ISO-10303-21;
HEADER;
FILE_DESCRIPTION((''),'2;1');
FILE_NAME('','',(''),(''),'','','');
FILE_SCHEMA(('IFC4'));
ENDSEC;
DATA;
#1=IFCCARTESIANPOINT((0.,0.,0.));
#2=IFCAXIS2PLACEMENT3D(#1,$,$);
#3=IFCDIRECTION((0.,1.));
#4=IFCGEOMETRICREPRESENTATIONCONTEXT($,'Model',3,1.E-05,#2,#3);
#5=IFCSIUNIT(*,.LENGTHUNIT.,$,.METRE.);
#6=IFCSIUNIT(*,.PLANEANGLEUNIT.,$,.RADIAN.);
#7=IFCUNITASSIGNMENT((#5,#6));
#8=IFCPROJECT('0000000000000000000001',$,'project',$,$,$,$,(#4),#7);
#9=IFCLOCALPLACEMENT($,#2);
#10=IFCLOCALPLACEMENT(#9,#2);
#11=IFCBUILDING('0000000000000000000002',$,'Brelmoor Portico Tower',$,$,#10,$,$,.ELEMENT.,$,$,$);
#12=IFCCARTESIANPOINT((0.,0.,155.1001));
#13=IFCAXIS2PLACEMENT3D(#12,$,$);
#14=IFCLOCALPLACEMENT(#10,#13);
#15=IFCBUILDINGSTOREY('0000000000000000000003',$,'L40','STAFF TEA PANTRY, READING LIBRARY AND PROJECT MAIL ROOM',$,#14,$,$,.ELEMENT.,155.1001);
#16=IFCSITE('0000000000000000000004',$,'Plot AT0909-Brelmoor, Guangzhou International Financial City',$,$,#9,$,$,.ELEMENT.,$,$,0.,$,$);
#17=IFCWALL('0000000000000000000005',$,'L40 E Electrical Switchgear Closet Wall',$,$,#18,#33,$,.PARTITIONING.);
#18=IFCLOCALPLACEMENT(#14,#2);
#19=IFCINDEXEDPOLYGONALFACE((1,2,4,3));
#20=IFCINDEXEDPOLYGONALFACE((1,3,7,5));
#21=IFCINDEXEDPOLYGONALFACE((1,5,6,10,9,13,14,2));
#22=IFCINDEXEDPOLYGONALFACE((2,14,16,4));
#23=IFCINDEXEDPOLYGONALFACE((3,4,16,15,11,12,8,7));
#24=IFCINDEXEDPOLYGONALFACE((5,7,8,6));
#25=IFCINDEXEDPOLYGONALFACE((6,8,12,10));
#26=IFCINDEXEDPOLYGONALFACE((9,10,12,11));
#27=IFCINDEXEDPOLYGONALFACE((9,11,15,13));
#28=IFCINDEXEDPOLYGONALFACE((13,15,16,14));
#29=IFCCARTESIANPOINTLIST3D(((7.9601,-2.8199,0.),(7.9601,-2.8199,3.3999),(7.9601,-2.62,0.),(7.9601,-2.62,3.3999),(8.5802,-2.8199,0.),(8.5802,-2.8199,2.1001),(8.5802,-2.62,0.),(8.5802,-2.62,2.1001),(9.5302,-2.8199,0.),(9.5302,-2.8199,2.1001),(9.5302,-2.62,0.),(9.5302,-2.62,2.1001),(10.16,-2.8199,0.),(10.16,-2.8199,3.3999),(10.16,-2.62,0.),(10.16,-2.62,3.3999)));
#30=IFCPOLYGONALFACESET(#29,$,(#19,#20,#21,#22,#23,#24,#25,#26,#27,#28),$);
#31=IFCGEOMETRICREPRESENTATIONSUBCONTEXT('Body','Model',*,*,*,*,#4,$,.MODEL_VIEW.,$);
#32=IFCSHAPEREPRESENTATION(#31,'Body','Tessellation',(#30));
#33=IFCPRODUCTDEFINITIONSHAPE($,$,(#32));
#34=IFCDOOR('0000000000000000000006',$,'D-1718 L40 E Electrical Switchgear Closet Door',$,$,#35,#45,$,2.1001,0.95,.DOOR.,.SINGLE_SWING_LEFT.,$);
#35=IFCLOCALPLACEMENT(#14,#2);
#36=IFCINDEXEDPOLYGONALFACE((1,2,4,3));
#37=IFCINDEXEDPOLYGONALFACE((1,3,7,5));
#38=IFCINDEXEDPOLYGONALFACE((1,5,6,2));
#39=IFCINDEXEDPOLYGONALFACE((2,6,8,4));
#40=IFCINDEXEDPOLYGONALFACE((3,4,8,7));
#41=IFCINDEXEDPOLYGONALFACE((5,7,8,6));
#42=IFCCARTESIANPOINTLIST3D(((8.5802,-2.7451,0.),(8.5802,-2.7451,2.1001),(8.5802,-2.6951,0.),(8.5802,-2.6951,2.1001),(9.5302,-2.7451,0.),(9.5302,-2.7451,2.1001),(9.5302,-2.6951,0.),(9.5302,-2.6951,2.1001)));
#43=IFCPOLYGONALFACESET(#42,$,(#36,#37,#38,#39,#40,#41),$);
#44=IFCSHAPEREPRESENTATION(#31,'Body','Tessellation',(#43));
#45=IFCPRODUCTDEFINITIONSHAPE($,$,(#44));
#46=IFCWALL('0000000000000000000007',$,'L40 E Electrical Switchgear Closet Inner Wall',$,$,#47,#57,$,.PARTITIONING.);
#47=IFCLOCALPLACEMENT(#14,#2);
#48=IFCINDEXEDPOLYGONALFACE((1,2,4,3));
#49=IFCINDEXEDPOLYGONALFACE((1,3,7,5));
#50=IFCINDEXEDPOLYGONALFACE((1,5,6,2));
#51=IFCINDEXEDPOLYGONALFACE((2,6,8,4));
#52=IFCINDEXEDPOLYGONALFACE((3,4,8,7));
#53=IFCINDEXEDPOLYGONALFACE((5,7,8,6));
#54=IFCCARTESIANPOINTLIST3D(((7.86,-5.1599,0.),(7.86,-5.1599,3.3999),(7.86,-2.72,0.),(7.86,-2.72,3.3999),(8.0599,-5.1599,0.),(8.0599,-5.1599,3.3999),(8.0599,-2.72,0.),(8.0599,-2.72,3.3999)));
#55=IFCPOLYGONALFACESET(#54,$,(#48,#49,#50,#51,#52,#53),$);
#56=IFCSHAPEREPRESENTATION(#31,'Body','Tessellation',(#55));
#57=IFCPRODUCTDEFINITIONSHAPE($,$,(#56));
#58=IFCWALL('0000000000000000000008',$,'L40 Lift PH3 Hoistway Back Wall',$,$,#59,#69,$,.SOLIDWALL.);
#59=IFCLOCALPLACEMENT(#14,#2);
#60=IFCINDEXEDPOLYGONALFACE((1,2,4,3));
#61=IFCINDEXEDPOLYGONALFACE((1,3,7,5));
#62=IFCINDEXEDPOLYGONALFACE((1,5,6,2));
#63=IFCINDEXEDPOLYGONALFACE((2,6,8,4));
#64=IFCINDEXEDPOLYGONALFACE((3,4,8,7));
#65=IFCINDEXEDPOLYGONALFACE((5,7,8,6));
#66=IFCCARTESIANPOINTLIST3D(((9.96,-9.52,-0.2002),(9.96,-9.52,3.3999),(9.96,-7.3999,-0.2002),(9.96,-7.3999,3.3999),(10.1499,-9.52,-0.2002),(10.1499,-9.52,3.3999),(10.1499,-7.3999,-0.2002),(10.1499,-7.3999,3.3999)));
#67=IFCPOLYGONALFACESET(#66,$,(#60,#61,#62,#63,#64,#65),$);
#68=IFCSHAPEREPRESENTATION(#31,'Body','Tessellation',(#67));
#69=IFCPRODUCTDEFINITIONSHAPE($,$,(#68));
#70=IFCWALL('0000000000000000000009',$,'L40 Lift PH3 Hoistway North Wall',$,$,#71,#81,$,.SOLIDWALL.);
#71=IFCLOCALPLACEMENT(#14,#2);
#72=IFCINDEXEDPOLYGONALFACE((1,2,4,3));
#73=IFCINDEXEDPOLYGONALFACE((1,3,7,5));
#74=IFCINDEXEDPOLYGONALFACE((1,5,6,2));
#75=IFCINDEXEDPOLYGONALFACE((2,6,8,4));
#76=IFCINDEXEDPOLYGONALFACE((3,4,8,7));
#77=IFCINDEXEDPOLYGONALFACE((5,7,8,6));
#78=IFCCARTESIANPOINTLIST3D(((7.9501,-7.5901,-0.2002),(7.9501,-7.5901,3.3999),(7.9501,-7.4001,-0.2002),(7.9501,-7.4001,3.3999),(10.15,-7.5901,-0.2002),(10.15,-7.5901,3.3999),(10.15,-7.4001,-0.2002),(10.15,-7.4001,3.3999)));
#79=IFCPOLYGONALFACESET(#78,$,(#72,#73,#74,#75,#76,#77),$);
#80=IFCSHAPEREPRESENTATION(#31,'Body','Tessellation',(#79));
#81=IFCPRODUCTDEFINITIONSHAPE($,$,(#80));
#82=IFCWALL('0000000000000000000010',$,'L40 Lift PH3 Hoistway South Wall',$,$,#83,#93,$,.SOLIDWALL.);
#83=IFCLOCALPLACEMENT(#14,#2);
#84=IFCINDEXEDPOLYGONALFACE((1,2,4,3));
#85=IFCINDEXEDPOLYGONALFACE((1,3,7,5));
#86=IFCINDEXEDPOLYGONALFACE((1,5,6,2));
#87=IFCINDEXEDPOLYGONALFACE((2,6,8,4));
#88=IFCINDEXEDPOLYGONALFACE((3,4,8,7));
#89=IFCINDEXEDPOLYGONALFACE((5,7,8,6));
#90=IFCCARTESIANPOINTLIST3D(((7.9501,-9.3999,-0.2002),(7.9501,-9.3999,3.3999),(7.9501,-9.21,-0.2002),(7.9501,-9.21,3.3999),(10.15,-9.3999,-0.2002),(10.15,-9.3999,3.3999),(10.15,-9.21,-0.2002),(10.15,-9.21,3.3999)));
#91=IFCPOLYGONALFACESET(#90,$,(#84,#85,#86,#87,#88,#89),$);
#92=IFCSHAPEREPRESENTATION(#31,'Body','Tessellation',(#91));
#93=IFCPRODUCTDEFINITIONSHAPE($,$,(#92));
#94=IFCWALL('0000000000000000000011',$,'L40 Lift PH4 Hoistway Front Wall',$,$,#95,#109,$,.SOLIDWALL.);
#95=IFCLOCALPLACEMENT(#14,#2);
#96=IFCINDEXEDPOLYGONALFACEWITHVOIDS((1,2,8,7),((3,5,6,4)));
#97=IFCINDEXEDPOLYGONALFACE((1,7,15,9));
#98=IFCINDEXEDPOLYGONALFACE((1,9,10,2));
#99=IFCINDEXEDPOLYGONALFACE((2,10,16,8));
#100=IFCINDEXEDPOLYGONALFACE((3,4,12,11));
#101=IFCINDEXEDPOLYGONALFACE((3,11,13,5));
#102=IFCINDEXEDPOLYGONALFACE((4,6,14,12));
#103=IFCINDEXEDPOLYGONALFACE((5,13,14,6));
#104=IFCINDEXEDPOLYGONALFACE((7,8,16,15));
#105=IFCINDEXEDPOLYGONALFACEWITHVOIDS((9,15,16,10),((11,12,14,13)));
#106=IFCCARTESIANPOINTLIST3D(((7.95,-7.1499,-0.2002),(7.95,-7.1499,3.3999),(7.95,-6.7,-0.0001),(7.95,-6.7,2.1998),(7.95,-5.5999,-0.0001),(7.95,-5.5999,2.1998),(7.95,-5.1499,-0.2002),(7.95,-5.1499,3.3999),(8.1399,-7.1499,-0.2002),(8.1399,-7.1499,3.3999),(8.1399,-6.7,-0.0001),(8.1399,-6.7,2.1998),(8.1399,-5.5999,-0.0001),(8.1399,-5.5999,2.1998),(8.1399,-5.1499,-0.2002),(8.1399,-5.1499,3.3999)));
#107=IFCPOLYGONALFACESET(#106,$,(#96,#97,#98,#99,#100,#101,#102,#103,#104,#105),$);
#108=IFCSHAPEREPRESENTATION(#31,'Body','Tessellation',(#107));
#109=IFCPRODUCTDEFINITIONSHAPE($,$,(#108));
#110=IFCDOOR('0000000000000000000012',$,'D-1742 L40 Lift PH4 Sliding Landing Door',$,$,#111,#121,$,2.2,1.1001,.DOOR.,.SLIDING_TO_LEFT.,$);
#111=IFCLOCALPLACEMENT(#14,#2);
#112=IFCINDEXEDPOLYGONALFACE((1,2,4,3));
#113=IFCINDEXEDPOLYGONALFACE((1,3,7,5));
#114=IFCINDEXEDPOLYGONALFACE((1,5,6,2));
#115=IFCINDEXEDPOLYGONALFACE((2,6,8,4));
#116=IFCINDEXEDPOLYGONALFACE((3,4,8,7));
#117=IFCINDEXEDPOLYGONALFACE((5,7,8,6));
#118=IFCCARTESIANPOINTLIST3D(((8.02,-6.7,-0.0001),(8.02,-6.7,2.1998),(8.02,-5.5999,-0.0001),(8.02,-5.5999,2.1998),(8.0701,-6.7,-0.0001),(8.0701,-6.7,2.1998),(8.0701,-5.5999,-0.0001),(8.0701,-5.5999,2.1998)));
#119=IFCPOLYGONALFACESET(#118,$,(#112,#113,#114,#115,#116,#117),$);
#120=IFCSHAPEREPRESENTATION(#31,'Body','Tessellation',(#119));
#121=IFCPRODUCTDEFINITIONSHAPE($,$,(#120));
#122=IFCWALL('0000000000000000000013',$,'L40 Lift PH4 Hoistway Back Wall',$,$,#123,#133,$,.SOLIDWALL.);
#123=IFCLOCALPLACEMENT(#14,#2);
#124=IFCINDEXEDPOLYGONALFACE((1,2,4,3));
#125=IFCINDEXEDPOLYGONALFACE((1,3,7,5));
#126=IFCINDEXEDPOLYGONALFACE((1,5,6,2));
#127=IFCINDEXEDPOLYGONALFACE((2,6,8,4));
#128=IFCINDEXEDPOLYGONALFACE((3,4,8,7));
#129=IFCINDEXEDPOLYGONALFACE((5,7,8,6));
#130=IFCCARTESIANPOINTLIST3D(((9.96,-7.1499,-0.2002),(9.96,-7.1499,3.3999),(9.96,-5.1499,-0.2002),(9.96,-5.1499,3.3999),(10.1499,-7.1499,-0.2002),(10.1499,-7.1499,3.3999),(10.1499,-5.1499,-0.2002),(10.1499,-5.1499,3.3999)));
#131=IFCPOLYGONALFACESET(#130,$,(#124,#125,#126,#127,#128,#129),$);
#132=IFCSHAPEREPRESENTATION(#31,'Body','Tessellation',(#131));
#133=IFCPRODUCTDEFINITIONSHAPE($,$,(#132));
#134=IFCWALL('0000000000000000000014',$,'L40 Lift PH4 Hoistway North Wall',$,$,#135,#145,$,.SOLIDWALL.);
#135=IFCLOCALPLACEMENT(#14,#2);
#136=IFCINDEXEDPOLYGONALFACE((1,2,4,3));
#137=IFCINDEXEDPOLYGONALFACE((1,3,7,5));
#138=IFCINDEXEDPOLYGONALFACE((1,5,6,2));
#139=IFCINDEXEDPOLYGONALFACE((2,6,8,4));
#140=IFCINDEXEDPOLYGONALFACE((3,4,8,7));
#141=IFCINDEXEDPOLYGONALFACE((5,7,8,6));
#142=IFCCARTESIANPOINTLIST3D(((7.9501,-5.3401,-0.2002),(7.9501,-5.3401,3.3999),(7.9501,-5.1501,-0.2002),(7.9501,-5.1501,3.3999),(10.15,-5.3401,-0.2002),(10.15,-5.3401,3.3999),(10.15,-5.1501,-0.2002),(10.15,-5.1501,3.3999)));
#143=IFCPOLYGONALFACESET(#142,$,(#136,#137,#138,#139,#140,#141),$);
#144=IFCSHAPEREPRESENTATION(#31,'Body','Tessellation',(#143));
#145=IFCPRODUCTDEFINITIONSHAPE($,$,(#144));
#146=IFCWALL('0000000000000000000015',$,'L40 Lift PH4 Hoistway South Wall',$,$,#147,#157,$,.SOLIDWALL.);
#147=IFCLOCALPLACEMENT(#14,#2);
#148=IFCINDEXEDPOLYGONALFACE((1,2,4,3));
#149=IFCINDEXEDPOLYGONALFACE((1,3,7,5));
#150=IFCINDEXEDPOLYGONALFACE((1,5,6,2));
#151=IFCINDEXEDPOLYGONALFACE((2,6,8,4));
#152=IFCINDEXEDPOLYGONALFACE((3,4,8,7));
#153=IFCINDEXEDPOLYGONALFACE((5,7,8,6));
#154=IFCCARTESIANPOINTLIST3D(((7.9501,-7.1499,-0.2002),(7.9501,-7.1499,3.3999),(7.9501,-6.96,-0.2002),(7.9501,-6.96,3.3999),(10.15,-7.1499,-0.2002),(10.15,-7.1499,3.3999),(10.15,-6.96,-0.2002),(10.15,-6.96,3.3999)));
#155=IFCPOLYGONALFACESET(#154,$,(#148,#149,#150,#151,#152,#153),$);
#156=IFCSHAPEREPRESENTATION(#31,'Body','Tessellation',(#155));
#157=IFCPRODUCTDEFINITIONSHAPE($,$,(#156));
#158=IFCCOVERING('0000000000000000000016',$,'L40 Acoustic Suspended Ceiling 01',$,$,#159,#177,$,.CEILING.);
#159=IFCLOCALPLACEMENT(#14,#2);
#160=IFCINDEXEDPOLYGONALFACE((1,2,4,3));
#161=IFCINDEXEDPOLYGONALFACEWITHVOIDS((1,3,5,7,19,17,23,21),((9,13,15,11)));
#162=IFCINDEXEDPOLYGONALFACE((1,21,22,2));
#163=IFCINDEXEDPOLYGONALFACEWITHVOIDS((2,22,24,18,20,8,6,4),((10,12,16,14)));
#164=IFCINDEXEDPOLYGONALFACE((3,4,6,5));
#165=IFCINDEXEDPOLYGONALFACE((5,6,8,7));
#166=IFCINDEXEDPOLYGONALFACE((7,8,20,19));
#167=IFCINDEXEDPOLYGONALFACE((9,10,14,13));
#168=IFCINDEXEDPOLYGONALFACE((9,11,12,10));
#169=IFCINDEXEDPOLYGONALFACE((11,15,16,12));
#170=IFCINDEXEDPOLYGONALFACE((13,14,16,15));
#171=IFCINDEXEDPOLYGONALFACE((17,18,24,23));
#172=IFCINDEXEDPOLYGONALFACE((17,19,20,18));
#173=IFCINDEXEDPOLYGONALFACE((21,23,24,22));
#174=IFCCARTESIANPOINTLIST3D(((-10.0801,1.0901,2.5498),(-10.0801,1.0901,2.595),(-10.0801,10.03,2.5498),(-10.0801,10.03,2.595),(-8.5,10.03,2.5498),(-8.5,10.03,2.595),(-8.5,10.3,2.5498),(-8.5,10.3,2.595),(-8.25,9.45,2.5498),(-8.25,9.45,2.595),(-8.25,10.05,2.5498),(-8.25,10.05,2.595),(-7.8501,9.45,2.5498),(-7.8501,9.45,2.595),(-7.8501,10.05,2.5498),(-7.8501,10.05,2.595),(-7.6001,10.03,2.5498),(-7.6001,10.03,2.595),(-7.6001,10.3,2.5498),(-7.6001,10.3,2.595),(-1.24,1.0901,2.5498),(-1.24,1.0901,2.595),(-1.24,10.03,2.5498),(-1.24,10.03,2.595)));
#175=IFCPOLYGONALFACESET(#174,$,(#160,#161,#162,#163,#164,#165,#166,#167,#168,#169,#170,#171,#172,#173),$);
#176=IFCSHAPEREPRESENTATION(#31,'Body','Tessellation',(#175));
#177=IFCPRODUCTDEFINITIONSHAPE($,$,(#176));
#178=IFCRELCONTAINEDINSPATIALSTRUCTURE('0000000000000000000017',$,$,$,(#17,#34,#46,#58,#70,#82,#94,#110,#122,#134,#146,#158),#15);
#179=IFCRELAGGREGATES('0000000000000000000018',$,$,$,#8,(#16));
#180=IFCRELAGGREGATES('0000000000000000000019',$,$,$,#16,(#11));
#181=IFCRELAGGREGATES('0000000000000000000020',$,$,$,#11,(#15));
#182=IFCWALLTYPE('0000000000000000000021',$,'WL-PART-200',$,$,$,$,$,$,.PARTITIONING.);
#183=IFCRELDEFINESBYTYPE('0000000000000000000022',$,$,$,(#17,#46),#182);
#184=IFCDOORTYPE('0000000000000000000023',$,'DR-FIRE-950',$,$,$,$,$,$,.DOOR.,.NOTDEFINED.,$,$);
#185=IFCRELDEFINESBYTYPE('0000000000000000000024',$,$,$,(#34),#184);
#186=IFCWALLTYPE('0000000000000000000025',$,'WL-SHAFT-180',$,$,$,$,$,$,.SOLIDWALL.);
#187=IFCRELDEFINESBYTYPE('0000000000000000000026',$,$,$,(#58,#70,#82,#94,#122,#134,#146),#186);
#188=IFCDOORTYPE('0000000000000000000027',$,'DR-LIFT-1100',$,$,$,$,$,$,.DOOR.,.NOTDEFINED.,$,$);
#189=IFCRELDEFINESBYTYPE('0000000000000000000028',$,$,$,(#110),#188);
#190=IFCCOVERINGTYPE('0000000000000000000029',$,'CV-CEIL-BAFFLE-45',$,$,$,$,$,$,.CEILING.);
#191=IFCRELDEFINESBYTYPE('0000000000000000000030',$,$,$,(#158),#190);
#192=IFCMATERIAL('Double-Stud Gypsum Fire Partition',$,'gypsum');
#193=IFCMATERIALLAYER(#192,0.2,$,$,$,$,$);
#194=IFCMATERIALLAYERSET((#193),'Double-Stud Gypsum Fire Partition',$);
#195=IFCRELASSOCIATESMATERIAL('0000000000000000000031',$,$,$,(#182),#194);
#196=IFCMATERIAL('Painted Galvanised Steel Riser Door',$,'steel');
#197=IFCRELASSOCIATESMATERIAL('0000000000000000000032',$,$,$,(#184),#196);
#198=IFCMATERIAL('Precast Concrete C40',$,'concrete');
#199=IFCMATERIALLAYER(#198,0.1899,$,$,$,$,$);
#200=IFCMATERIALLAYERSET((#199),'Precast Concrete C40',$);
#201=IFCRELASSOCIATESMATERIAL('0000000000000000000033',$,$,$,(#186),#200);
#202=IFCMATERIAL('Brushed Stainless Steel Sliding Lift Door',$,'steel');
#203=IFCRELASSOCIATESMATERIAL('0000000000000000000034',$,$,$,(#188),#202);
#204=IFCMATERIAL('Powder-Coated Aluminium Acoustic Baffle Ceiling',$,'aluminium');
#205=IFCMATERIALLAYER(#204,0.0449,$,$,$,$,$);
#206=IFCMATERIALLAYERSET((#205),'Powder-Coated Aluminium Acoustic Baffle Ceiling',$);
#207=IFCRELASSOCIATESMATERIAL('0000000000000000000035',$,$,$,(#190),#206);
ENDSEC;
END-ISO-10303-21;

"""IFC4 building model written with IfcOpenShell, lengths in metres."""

from ifc_helpers import new_model, si_unit, direction, frame, frame_2d, origin, place, context, subcontext, project, spatial, polyline, rectangle, outline, extrude, material, layer, layer_set, type_object, element, fill, save


model = new_model("IFC4")

# Units and contexts
model_context = context("Model", 3, precision=1e-05, world=origin(), true_north=direction((0.0, 1.0)))
body_context = subcontext(model_context, "Body", "Model", "MODEL_VIEW")
ifc_project = project(units=[si_unit("LENGTHUNIT", "METRE"), si_unit("PLANEANGLEUNIT", "RADIAN")], contexts=[model_context])

# Site, building, storey
site_placement = place(None, origin())
site = spatial("IfcSite", under=ifc_project, at=site_placement, Name="Plot AT0909-Brelmoor, Guangzhou International Financial City", CompositionType="ELEMENT", RefElevation=0.0)
building_placement = place(site_placement, origin())
building = spatial("IfcBuilding", under=site, at=building_placement, Name="Brelmoor Portico Tower", CompositionType="ELEMENT")
storey_placement = place(building_placement, frame((0.0, 0.0, 155.1001)))
storey = spatial("IfcBuildingStorey", under=building, at=storey_placement, Name="L40", Description="STAFF TEA PANTRY, READING LIBRARY AND PROJECT MAIL ROOM", CompositionType="ELEMENT", Elevation=155.1001)

# Shared definitions
ifc_material_1 = material(Name="Double-Stud Gypsum Fire Partition", Category="gypsum")
ifc_layer_1 = layer(ifc_material_1, 0.2)
ifc_layer_set_1 = layer_set([ifc_layer_1], Name="Double-Stud Gypsum Fire Partition")
wall_type_1 = type_object("IfcWallType", Name="WL-PART-200", PredefinedType="PARTITIONING", material=ifc_layer_set_1)

# Wall, opening, door
wall_1_placement = place(storey_placement, frame((7.96, -2.72, 0.0), z_axis=(0.0, 0.0, 1.0), x_axis=(1.0, 0.0, 0.0)))
wall_1 = element("IfcWall", 1, at=wall_1_placement, inside=storey, type_object=wall_type_1, Name="L40 E Electrical Switchgear Closet Wall", PredefinedType="PARTITIONING", context=body_context, shape_type="SweptSolid", body=[
    extrude(rectangle(XDim=2.2, YDim=0.2, at=frame_2d((1.1001, 0.0))), origin(), (0.0, 0.0, 1.0), 3.3999),
])
opening_1_placement = place(wall_1_placement, frame((0.6201, 0.0, 0.0)))
opening_1 = element("IfcOpeningElement", 2, at=opening_1_placement, cuts=wall_1, PredefinedType="OPENING", context=body_context, shape_type="SweptSolid", body=[
    extrude(rectangle(XDim=0.95, YDim=2.1001, at=frame_2d((0.4751, 1.05))), frame((0.0, 0.1099, 0.0), z_axis=(0.0, -1.0, 0.0), x_axis=(1.0, 0.0, 0.0)), (0.0, 0.0, 1.0), 0.22),
])
ifc_material_2 = material(Name="Painted Galvanised Steel Riser Door", Category="steel")
door_type_1 = type_object("IfcDoorType", Name="DR-FIRE-950", OperationType="NOTDEFINED", PredefinedType="DOOR", material=ifc_material_2)
door_1_placement = place(opening_1_placement, origin())
door_1 = element("IfcDoor", 3, at=door_1_placement, inside=storey, type_object=door_type_1, Name="D-1718 L40 E Electrical Switchgear Closet Door", OperationType="SINGLE_SWING_LEFT", OverallHeight=2.1001, OverallWidth=0.95, PredefinedType="DOOR", context=body_context, shape_type="SweptSolid", body=[
    extrude(rectangle(XDim=0.95, YDim=2.1001, at=frame_2d((0.4751, 1.05))), frame((0.0, 0.0249, 0.0), z_axis=(0.0, -1.0, 0.0), x_axis=(1.0, 0.0, 0.0)), (0.0, 0.0, 1.0), 0.05),
])
fill(opening_1, door_1)

# Walls
wall_2_placement = place(storey_placement, frame((7.96, -5.1599, 0.0), z_axis=(0.0, 0.0, 1.0), x_axis=(0.0, 1.0, 0.0)))
element("IfcWall", 4, at=wall_2_placement, inside=storey, type_object=wall_type_1, Name="L40 E Electrical Switchgear Closet Inner Wall", PredefinedType="PARTITIONING", context=body_context, shape_type="SweptSolid", body=[
    extrude(rectangle(XDim=2.4399, YDim=0.2, at=frame_2d((1.22, 0.0))), origin(), (0.0, 0.0, 1.0), 3.3999),
])
ifc_material_3 = material(Name="Precast Concrete C40", Category="concrete")
ifc_layer_2 = layer(ifc_material_3, 0.1899)
ifc_layer_set_2 = layer_set([ifc_layer_2], Name="Precast Concrete C40")
wall_type_2 = type_object("IfcWallType", Name="WL-SHAFT-180", PredefinedType="SOLIDWALL", material=ifc_layer_set_2)
wall_3_placement = place(storey_placement, frame((10.0549, -9.52, -0.2002), z_axis=(0.0, 0.0, 1.0), x_axis=(0.0, 1.0, 0.0)))
element("IfcWall", 5, at=wall_3_placement, inside=storey, type_object=wall_type_2, Name="L40 Lift PH3 Hoistway Back Wall", PredefinedType="SOLIDWALL", context=body_context, shape_type="SweptSolid", body=[
    extrude(rectangle(XDim=2.1201, YDim=0.1899, at=frame_2d((1.0601, 0.0))), origin(), (0.0, 0.0, 1.0), 3.6001),
])
for number, where, z_axis, x_axis, name in (
    (6, (7.95, -7.4951, -0.2002), (0.0, 0.0, 1.0), (1.0, 0.0, 0.0), "L40 Lift PH3 Hoistway North Wall"),
    (7, (7.95, -9.3049, -0.2002), (0.0, 0.0, 1.0), (1.0, 0.0, 0.0), "L40 Lift PH3 Hoistway South Wall"),
):
    element("IfcWall", number, at=place(storey_placement, frame(where, z_axis=z_axis, x_axis=x_axis)), inside=storey, type_object=wall_type_2, Name=name, PredefinedType="SOLIDWALL", context=body_context, shape_type="SweptSolid", body=[
        extrude(rectangle(XDim=2.2, YDim=0.1899, at=frame_2d((1.1001, 0.0))), origin(), (0.0, 0.0, 1.0), 3.6001),
    ])

# Wall, opening, door
wall_4_placement = place(storey_placement, frame((8.0449, -7.1499, -0.2002), z_axis=(0.0, 0.0, 1.0), x_axis=(0.0, 1.0, 0.0)))
wall_4 = element("IfcWall", 8, at=wall_4_placement, inside=storey, type_object=wall_type_2, Name="L40 Lift PH4 Hoistway Front Wall", PredefinedType="SOLIDWALL", context=body_context, shape_type="SweptSolid", body=[
    extrude(rectangle(XDim=2.0, YDim=0.1899, at=frame_2d((1.0, 0.0))), origin(), (0.0, 0.0, 1.0), 3.6001),
])
opening_2_placement = place(wall_4_placement, frame((0.45, 0.0, 0.2)))
opening_2 = element("IfcOpeningElement", 9, at=opening_2_placement, cuts=wall_4, PredefinedType="OPENING", context=body_context, shape_type="SweptSolid", body=[
    extrude(rectangle(XDim=1.1001, YDim=2.2, at=frame_2d((0.55, 1.1001))), frame((0.0, 0.105, 0.0), z_axis=(0.0, -1.0, 0.0), x_axis=(1.0, 0.0, 0.0)), (0.0, 0.0, 1.0), 0.21),
])
ifc_material_4 = material(Name="Brushed Stainless Steel Sliding Lift Door", Category="steel")
door_type_2 = type_object("IfcDoorType", Name="DR-LIFT-1100", OperationType="NOTDEFINED", PredefinedType="DOOR", material=ifc_material_4)
door_2_placement = place(opening_2_placement, origin())
door_2 = element("IfcDoor", 10, at=door_2_placement, inside=storey, type_object=door_type_2, Name="D-1742 L40 Lift PH4 Sliding Landing Door", OperationType="SLIDING_TO_LEFT", OverallHeight=2.2, OverallWidth=1.1001, PredefinedType="DOOR", context=body_context, shape_type="SweptSolid", body=[
    extrude(rectangle(XDim=1.1001, YDim=2.2, at=frame_2d((0.55, 1.1001))), frame((0.0, 0.0249, 0.0), z_axis=(0.0, -1.0, 0.0), x_axis=(1.0, 0.0, 0.0)), (0.0, 0.0, 1.0), 0.05),
])
fill(opening_2, door_2)

# Walls
wall_5_placement = place(storey_placement, frame((10.0549, -7.1499, -0.2002), z_axis=(0.0, 0.0, 1.0), x_axis=(0.0, 1.0, 0.0)))
element("IfcWall", 11, at=wall_5_placement, inside=storey, type_object=wall_type_2, Name="L40 Lift PH4 Hoistway Back Wall", PredefinedType="SOLIDWALL", context=body_context, shape_type="SweptSolid", body=[
    extrude(rectangle(XDim=2.0, YDim=0.1899, at=frame_2d((1.0, 0.0))), origin(), (0.0, 0.0, 1.0), 3.6001),
])
for number, where, z_axis, x_axis, name in (
    (12, (7.95, -5.2451, -0.2002), (0.0, 0.0, 1.0), (1.0, 0.0, 0.0), "L40 Lift PH4 Hoistway North Wall"),
    (13, (7.95, -7.0549, -0.2002), (0.0, 0.0, 1.0), (1.0, 0.0, 0.0), "L40 Lift PH4 Hoistway South Wall"),
):
    element("IfcWall", number, at=place(storey_placement, frame(where, z_axis=z_axis, x_axis=x_axis)), inside=storey, type_object=wall_type_2, Name=name, PredefinedType="SOLIDWALL", context=body_context, shape_type="SweptSolid", body=[
        extrude(rectangle(XDim=2.2, YDim=0.1899, at=frame_2d((1.1001, 0.0))), origin(), (0.0, 0.0, 1.0), 3.6001),
    ])

# Covering
ifc_material_5 = material(Name="Powder-Coated Aluminium Acoustic Baffle Ceiling", Category="aluminium")
ifc_layer_3 = layer(ifc_material_5, 0.0449)
ifc_layer_set_3 = layer_set([ifc_layer_3], Name="Powder-Coated Aluminium Acoustic Baffle Ceiling")
covering_type_1 = type_object("IfcCoveringType", Name="CV-CEIL-BAFFLE-45", PredefinedType="CEILING", material=ifc_layer_set_3)
covering_1_placement = place(storey_placement, frame((0.0, 0.0, 2.5498)))
element("IfcCovering", 14, at=covering_1_placement, inside=storey, type_object=covering_type_1, Name="L40 Acoustic Suspended Ceiling 01", PredefinedType="CEILING", context=body_context, shape_type="SweptSolid", body=[
    extrude(outline(polyline([(-10.0801, 10.03), (-8.5, 10.03), (-8.5, 10.3), (-7.6001, 10.3), (-7.6001, 10.03), (-1.24, 10.03), (-1.24, 1.0901), (-10.0801, 1.0901), (-10.0801, 10.03)]), holes=[polyline([(-7.8501, 9.45), (-7.8501, 10.05), (-8.25, 10.05), (-8.25, 9.45), (-7.8501, 9.45)])]), origin(), (0.0, 0.0, 1.0), 0.0452),
])

save(model, "model.ifc")
